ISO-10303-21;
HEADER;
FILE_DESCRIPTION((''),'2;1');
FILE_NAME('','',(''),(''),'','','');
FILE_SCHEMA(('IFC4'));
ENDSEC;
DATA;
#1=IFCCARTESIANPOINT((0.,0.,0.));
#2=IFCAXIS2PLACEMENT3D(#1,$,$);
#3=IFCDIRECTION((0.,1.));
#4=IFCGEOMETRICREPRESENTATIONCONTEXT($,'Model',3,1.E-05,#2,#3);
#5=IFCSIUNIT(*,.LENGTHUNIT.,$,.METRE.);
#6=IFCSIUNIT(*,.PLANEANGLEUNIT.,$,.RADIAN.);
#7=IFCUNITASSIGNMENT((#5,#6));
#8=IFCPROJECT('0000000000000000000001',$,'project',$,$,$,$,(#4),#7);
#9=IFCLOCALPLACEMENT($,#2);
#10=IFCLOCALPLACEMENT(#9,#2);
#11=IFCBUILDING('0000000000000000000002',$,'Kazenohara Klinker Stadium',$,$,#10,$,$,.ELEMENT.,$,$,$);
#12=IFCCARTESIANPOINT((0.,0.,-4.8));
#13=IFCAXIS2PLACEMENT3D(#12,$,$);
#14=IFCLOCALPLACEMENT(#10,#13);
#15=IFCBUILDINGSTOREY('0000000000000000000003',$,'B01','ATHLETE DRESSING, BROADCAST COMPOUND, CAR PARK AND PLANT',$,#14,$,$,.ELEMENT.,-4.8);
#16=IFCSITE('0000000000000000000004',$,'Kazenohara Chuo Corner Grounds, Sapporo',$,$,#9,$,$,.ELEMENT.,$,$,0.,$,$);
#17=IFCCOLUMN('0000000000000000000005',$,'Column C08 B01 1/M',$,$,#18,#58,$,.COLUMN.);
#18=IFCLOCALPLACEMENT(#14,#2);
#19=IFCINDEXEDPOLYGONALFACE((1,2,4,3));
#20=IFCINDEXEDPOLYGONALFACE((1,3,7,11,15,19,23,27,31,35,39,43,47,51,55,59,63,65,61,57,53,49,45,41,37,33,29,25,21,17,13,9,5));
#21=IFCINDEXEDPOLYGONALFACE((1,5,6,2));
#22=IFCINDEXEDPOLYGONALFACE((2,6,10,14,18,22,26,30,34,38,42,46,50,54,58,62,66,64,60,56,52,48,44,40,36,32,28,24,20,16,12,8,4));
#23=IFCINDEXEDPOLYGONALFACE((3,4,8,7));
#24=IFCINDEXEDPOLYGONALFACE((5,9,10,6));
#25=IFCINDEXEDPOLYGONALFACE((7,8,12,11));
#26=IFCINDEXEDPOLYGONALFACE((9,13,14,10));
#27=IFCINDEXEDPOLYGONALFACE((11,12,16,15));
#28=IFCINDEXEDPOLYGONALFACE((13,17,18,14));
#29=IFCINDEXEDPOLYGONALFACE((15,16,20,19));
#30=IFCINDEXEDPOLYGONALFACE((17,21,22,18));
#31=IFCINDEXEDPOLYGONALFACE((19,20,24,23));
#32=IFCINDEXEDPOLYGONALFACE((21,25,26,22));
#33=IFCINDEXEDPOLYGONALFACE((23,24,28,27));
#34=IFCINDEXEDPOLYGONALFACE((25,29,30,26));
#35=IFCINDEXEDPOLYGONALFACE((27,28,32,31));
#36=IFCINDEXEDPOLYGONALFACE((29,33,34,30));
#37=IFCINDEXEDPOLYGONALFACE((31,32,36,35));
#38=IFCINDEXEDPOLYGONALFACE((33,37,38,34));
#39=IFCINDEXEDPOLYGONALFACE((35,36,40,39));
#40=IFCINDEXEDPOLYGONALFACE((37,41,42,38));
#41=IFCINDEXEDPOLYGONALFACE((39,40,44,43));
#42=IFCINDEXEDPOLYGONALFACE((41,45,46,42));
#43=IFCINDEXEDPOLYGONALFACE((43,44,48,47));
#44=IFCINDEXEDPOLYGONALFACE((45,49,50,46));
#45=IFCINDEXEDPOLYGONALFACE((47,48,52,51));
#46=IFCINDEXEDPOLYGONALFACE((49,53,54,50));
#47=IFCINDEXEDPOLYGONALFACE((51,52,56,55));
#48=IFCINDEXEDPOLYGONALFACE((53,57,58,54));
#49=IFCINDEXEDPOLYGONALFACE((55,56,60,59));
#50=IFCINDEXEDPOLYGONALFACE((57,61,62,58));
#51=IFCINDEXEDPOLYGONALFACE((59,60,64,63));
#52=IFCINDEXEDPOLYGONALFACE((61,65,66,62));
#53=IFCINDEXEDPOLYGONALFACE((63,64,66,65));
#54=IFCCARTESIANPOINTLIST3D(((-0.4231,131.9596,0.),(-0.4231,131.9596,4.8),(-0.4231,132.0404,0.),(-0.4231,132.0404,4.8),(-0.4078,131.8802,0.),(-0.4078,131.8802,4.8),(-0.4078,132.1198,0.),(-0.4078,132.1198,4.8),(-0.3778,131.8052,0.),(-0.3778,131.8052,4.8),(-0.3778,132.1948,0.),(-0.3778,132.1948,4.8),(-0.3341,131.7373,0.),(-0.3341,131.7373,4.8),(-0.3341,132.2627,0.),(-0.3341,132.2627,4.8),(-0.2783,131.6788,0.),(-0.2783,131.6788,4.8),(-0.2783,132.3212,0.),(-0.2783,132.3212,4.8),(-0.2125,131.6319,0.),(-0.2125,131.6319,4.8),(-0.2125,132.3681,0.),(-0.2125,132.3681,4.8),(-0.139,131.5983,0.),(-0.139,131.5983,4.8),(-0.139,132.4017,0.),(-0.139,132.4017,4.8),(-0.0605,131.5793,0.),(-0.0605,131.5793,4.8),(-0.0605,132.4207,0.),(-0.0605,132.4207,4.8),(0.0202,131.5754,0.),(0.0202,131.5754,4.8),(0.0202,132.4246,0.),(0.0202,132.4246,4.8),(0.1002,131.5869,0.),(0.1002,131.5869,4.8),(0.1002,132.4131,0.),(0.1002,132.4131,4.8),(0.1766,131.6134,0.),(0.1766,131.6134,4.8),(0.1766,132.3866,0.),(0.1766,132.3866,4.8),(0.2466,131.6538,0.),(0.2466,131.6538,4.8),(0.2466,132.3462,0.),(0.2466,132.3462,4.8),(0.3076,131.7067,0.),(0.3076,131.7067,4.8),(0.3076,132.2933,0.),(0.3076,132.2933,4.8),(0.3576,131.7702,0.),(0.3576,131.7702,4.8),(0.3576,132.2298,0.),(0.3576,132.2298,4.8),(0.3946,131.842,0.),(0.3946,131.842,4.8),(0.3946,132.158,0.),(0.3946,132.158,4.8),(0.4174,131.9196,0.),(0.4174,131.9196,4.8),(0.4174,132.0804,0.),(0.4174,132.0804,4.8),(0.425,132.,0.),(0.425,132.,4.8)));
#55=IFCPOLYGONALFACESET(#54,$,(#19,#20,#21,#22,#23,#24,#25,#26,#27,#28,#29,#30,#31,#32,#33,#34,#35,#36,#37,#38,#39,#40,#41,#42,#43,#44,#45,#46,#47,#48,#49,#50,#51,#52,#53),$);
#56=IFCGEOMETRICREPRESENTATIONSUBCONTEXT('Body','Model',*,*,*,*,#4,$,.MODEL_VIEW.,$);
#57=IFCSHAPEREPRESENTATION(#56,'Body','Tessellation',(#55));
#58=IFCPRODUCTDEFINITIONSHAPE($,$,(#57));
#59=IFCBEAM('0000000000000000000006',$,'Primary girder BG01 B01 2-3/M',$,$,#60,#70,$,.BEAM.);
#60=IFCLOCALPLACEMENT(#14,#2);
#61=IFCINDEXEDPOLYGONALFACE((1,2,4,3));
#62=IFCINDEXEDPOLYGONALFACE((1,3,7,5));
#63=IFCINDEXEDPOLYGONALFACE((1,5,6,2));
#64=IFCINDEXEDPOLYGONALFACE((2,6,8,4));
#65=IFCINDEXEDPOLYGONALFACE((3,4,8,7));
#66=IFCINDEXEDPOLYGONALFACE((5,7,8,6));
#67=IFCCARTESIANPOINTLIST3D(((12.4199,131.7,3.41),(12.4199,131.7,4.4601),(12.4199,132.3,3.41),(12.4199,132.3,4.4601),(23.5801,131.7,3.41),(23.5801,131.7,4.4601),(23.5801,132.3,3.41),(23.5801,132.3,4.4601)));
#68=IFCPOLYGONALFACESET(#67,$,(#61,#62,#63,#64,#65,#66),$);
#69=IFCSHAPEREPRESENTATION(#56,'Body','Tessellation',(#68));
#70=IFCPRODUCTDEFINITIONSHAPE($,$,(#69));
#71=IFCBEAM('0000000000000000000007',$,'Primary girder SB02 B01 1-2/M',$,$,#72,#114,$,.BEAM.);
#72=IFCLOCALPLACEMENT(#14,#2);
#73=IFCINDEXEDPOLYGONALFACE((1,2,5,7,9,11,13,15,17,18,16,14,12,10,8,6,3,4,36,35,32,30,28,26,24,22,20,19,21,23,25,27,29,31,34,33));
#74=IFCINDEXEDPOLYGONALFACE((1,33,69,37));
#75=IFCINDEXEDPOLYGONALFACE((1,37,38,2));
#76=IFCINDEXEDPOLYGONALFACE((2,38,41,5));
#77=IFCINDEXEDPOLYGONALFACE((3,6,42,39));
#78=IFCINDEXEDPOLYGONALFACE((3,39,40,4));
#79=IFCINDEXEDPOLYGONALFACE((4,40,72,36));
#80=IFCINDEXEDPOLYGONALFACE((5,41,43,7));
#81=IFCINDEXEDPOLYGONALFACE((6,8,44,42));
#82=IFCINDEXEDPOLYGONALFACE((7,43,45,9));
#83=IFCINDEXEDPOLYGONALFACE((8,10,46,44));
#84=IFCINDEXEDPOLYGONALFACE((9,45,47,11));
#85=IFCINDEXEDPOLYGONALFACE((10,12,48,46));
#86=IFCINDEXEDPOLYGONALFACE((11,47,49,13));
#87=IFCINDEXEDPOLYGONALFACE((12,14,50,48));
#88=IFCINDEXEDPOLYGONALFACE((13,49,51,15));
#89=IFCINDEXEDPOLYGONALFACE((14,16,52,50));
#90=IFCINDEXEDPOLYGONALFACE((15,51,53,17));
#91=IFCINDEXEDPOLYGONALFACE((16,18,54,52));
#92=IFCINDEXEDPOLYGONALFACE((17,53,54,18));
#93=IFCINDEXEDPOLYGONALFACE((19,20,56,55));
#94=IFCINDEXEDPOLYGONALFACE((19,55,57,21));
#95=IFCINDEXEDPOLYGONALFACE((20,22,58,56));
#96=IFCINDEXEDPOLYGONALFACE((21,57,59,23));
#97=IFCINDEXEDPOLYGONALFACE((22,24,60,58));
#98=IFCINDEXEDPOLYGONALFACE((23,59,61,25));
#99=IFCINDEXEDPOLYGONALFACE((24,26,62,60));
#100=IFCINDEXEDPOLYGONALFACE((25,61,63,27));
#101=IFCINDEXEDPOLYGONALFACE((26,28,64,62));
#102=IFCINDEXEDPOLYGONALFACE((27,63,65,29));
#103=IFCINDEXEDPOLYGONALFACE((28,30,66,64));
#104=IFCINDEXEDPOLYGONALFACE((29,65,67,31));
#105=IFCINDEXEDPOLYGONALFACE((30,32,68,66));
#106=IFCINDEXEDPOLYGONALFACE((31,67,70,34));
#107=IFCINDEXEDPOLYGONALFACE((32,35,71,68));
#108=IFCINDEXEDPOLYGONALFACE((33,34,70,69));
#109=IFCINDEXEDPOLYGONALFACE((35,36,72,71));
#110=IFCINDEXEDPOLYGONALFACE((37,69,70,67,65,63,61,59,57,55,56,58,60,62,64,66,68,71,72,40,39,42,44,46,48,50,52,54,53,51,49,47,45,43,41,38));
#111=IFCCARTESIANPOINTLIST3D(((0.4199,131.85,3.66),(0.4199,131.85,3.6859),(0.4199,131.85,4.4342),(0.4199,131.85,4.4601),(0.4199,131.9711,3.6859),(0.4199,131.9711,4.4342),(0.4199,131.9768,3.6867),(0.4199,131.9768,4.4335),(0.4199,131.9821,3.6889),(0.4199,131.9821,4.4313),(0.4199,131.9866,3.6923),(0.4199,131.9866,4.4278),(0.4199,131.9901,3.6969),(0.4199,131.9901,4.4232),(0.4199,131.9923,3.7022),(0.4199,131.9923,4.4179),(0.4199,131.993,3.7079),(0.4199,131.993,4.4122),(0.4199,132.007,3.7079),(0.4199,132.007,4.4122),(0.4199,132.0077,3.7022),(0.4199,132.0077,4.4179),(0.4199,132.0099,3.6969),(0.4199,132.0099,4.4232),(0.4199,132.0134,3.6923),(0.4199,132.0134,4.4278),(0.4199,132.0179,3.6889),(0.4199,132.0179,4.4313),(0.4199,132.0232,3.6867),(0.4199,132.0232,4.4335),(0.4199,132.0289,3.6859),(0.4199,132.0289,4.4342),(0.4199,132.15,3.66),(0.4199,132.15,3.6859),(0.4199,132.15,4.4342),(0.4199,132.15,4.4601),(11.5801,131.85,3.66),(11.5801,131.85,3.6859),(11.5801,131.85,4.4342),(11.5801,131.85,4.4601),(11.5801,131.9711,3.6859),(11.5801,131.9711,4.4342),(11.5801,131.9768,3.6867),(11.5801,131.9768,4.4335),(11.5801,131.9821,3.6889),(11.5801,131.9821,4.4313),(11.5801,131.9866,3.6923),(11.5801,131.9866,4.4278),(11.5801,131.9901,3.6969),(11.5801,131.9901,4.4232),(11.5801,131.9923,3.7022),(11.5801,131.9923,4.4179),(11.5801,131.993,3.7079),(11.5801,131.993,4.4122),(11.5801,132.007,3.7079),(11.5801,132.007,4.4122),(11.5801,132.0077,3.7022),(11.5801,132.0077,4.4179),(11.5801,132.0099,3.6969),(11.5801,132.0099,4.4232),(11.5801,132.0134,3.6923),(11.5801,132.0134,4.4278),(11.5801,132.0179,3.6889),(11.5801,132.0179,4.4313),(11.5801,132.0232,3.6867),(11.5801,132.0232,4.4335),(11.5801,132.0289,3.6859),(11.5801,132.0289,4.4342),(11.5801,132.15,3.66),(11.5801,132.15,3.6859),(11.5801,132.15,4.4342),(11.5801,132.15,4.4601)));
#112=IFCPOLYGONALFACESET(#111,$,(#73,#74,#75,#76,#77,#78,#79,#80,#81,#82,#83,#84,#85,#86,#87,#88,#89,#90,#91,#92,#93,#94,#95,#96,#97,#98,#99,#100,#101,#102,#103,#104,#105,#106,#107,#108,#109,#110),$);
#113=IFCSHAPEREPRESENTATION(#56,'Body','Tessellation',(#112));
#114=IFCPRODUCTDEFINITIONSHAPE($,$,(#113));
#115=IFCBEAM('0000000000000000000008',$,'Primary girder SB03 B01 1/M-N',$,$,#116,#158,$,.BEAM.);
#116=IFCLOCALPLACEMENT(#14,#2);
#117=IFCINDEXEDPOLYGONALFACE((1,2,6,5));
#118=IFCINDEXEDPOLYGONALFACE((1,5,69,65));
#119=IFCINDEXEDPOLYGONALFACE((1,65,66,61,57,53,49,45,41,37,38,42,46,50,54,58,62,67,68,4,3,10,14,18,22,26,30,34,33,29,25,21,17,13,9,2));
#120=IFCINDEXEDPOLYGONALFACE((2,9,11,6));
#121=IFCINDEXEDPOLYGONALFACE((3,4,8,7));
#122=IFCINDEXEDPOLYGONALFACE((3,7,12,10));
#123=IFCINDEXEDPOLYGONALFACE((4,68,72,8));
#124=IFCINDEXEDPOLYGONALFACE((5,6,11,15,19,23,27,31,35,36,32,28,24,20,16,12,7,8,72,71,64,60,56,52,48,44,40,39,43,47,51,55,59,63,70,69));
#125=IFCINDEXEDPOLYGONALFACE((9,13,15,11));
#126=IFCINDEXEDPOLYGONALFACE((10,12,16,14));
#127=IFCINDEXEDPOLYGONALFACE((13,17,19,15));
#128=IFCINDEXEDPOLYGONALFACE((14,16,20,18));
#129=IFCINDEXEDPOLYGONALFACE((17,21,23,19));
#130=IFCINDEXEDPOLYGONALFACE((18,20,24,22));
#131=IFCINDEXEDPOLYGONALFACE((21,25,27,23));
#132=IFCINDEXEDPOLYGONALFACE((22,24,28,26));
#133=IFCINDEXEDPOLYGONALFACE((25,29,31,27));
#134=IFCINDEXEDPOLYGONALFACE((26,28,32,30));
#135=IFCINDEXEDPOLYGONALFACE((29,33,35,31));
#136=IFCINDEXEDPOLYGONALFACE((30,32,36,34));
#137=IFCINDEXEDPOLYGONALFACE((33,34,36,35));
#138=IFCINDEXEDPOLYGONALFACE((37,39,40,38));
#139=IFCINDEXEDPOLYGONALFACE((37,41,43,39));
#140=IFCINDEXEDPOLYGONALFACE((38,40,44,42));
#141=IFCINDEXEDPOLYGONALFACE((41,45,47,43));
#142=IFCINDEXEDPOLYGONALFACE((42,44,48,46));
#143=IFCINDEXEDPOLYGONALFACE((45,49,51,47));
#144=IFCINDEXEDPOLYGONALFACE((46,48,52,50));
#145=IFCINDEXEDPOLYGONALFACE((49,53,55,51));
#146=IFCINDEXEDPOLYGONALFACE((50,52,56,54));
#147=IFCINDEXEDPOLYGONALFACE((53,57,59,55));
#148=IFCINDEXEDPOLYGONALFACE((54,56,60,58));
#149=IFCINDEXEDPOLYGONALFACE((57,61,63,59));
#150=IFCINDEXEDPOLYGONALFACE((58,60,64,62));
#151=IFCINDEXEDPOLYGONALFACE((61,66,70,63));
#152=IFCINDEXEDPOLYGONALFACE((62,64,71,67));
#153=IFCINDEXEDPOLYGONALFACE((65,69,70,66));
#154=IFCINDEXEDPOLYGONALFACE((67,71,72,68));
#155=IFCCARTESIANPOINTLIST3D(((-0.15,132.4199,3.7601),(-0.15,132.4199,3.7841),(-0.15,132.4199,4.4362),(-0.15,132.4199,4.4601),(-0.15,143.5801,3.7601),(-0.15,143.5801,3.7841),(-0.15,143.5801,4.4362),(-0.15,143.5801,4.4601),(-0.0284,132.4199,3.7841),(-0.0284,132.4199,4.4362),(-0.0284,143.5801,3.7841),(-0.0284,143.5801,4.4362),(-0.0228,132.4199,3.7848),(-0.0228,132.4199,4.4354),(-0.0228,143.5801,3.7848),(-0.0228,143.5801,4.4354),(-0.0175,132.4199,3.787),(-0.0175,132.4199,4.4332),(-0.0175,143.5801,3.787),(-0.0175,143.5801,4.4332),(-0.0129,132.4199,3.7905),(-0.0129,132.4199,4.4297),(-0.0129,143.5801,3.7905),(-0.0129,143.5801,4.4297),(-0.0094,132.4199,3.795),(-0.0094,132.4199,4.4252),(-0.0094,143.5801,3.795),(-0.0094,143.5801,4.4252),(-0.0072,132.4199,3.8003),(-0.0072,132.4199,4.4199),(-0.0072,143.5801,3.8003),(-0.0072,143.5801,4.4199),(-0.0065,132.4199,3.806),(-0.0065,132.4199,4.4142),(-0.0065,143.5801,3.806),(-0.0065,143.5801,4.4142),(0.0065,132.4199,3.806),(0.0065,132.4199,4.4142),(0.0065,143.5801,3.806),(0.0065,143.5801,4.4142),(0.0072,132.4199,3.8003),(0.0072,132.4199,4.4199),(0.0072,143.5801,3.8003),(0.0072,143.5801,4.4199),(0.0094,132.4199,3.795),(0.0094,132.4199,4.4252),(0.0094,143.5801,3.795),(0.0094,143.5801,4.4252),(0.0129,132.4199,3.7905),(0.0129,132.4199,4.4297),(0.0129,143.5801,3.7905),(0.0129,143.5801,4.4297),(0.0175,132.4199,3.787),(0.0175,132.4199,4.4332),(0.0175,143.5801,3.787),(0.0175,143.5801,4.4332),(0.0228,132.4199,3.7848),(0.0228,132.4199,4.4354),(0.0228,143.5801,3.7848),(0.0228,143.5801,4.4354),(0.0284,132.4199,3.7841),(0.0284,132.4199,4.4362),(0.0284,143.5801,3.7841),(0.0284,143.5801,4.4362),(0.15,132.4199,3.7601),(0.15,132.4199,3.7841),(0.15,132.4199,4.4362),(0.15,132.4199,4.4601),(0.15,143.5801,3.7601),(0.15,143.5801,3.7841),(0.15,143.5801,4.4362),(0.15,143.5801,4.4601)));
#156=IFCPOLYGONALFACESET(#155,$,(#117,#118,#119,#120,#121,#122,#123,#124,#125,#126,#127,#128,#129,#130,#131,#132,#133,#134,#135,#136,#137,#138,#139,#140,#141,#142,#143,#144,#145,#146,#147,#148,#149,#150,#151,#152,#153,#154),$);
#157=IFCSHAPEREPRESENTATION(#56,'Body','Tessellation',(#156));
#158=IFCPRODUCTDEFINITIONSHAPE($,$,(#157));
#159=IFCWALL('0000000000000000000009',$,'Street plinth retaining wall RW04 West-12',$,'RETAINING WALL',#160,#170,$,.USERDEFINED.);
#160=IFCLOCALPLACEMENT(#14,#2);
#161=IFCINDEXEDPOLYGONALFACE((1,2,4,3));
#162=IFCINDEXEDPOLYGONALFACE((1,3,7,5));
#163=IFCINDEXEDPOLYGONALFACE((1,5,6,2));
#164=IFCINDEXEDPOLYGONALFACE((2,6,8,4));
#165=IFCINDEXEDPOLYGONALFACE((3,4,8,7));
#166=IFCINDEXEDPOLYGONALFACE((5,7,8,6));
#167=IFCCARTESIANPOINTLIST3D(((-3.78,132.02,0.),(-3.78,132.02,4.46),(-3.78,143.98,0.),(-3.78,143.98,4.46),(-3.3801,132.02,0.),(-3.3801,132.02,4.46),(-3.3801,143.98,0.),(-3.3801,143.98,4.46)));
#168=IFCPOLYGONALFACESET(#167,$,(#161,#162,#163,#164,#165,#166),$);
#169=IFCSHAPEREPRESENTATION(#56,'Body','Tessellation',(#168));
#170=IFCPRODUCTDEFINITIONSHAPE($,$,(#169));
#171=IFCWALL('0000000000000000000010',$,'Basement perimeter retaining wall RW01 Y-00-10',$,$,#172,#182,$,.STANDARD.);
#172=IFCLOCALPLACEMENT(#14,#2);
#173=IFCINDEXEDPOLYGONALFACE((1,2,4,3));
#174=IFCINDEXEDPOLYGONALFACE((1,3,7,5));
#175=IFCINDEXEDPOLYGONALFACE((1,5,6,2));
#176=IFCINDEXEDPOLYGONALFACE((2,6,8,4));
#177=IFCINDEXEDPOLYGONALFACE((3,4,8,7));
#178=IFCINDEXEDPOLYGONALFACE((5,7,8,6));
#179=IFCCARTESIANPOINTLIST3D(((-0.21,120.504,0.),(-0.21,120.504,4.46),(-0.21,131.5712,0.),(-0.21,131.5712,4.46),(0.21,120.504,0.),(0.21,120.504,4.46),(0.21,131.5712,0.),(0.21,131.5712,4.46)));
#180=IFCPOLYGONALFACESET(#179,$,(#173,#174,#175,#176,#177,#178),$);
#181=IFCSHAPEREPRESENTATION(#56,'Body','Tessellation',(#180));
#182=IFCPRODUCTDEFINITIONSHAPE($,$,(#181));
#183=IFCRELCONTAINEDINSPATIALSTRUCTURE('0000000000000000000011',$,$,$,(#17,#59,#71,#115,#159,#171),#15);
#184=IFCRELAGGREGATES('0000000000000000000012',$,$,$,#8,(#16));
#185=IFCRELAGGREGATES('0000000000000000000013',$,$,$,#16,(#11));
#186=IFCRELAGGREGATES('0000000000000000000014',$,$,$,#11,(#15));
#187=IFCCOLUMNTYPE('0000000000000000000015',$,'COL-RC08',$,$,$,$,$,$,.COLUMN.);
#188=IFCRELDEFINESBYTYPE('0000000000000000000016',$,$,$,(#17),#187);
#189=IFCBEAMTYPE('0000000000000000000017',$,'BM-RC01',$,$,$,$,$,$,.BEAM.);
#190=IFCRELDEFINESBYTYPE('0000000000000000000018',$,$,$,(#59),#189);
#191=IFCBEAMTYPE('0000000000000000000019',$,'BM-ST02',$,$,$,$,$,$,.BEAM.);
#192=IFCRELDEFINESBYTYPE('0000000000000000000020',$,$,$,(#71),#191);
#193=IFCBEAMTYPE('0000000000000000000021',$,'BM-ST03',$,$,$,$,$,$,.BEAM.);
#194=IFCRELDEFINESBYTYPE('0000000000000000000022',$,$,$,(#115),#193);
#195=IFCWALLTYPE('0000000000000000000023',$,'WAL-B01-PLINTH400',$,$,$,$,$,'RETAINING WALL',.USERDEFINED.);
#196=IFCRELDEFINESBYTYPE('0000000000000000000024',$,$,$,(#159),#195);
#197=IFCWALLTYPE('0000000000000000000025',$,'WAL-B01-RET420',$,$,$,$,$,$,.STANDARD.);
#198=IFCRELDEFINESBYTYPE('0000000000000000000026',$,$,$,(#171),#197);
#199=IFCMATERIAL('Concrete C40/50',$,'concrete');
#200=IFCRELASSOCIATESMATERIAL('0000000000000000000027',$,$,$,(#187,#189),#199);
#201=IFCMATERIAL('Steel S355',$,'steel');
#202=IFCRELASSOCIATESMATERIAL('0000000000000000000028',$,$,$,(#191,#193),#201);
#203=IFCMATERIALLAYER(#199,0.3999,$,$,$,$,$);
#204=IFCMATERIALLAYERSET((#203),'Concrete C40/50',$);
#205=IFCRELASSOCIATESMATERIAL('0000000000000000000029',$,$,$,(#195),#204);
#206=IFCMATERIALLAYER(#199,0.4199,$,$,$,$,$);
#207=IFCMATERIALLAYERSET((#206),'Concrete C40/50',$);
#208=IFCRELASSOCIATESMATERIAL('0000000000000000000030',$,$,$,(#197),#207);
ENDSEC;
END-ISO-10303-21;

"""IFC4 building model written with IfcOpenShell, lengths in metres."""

from ifc_helpers import new_model, si_unit, direction, frame, frame_2d, origin, origin_2d, place, context, subcontext, project, spatial, rectangle, circle, i_section, extrude, material, layer, layer_set, material_profile, profile_set, type_object, element, save


model = new_model("IFC4")

# Units and contexts
model_context = context("Model", 3, precision=1e-05, world=origin(), true_north=direction((0.0, 1.0)))
body_context = subcontext(model_context, "Body", "Model", "MODEL_VIEW")
ifc_project = project(units=[si_unit("LENGTHUNIT", "METRE"), si_unit("PLANEANGLEUNIT", "RADIAN")], contexts=[model_context])

# Site, building, storey
site_placement = place(None, origin())
site = spatial("IfcSite", under=ifc_project, at=site_placement, Name="Kazenohara Chuo Corner Grounds, Sapporo", CompositionType="ELEMENT", RefElevation=0.0)
building_placement = place(site_placement, origin())
building = spatial("IfcBuilding", under=site, at=building_placement, Name="Kazenohara Klinker Stadium", CompositionType="ELEMENT")
storey_placement = place(building_placement, frame((0.0, 0.0, -4.8)))
storey = spatial("IfcBuildingStorey", under=building, at=storey_placement, Name="B01", Description="ATHLETE DRESSING, BROADCAST COMPOUND, CAR PARK AND PLANT", CompositionType="ELEMENT", Elevation=-4.8)

# Column
ifc_material_1 = material(Name="Concrete C40/50", Category="concrete")
ifc_material_profile_1 = material_profile(ifc_material_1, circle(Radius=0.425, at=origin_2d()), Name="RC-COL-D850")
ifc_profile_set_1 = profile_set([ifc_material_profile_1], Name="Concrete C40/50")
column_type_1 = type_object("IfcColumnType", Name="COL-RC08", PredefinedType="COLUMN", material=ifc_profile_set_1)
column_1_placement = place(storey_placement, frame((0.0, 132.0, 0.0), z_axis=(0.0, 0.0, 1.0), x_axis=(1.0, 0.0, 0.0)))
element("IfcColumn", 1, at=column_1_placement, inside=storey, type_object=column_type_1, Name="Column C08 B01 1/M", PredefinedType="COLUMN", context=body_context, shape_type="SweptSolid", body=[
    extrude(circle(Radius=0.425, at=origin_2d()), origin(), (0.0, 0.0, 1.0), 4.8),
])

# Beams
ifc_material_profile_2 = material_profile(ifc_material_1, rectangle(XDim=0.6001, YDim=1.05, at=origin_2d()), Name="RC-BM-600x1050")
ifc_profile_set_2 = profile_set([ifc_material_profile_2], Name="Concrete C40/50")
beam_type_1 = type_object("IfcBeamType", Name="BM-RC01", PredefinedType="BEAM", material=ifc_profile_set_2)
beam_1_placement = place(storey_placement, frame((12.4199, 132.0, 3.9351), z_axis=(1.0, 0.0, 0.0), x_axis=(0.0, 1.0, 0.0)))
element("IfcBeam", 2, at=beam_1_placement, inside=storey, type_object=beam_type_1, Name="Primary girder BG01 B01 2-3/M", PredefinedType="BEAM", context=body_context, shape_type="SweptSolid", body=[
    extrude(rectangle(XDim=0.6001, YDim=1.05, at=origin_2d()), origin(), (0.0, 0.0, 1.0), 11.1602),
])
ifc_material_2 = material(Name="Steel S355", Category="steel")
ifc_material_profile_3 = material_profile(ifc_material_2, i_section(OverallWidth=0.3, OverallDepth=0.8, WebThickness=0.0139, FlangeThickness=0.0259, FilletRadius=0.022, at=origin_2d()), Name="H-800x300x14x26")
ifc_profile_set_3 = profile_set([ifc_material_profile_3], Name="Steel S355")
beam_type_2 = type_object("IfcBeamType", Name="BM-ST02", PredefinedType="BEAM", material=ifc_profile_set_3)
beam_2_placement = place(storey_placement, frame((0.4199, 132.0, 4.0601), z_axis=(1.0, 0.0, 0.0), x_axis=(0.0, 1.0, 0.0)))
element("IfcBeam", 3, at=beam_2_placement, inside=storey, type_object=beam_type_2, Name="Primary girder SB02 B01 1-2/M", PredefinedType="BEAM", context=body_context, shape_type="SweptSolid", body=[
    extrude(i_section(OverallWidth=0.3, OverallDepth=0.8, WebThickness=0.0139, FlangeThickness=0.0259, FilletRadius=0.022, at=origin_2d()), origin(), (0.0, 0.0, 1.0), 11.1602),
])
ifc_material_profile_4 = material_profile(ifc_material_2, i_section(OverallWidth=0.3, OverallDepth=0.7, WebThickness=0.0129, FlangeThickness=0.0239, FilletRadius=0.022, at=origin_2d()), Name="H-700x300x13x24")
ifc_profile_set_4 = profile_set([ifc_material_profile_4], Name="Steel S355")
beam_type_3 = type_object("IfcBeamType", Name="BM-ST03", PredefinedType="BEAM", material=ifc_profile_set_4)
beam_3_placement = place(storey_placement, frame((0.0, 132.4199, 4.1101), z_axis=(0.0, 1.0, 0.0), x_axis=(-1.0, 0.0, 0.0)))
element("IfcBeam", 4, at=beam_3_placement, inside=storey, type_object=beam_type_3, Name="Primary girder SB03 B01 1/M-N", PredefinedType="BEAM", context=body_context, shape_type="SweptSolid", body=[
    extrude(i_section(OverallWidth=0.3, OverallDepth=0.7, WebThickness=0.0129, FlangeThickness=0.0239, FilletRadius=0.022, at=origin_2d()), origin(), (0.0, 0.0, 1.0), 11.1602),
])

# Walls
ifc_layer_1 = layer(ifc_material_1, 0.3999)
ifc_layer_set_1 = layer_set([ifc_layer_1], Name="Concrete C40/50")
wall_type_1 = type_object("IfcWallType", Name="WAL-B01-PLINTH400", ElementType="RETAINING WALL", PredefinedType="USERDEFINED", material=ifc_layer_set_1)
wall_1_placement = place(storey_placement, frame((-3.5801, 132.02, 0.0), z_axis=(0.0, 0.0, 1.0), x_axis=(0.0, 1.0, 0.0)))
element("IfcWall", 5, at=wall_1_placement, inside=storey, type_object=wall_type_1, Name="Street plinth retaining wall RW04 West-12", ObjectType="RETAINING WALL", PredefinedType="USERDEFINED", context=body_context, shape_type="SweptSolid", body=[
    extrude(rectangle(XDim=11.96, YDim=0.3999, at=frame_2d((5.98, 0.0))), origin(), (0.0, 0.0, 1.0), 4.46),
])
ifc_layer_2 = layer(ifc_material_1, 0.4199)
ifc_layer_set_2 = layer_set([ifc_layer_2], Name="Concrete C40/50")
wall_type_2 = type_object("IfcWallType", Name="WAL-B01-RET420", PredefinedType="STANDARD", material=ifc_layer_set_2)
wall_2_placement = place(storey_placement, frame((0.0, 120.5039, 0.0), z_axis=(0.0, 0.0, 1.0), x_axis=(0.0, 1.0, 0.0)))
element("IfcWall", 6, at=wall_2_placement, inside=storey, type_object=wall_type_2, Name="Basement perimeter retaining wall RW01 Y-00-10", PredefinedType="STANDARD", context=body_context, shape_type="SweptSolid", body=[
    extrude(rectangle(XDim=11.0671, YDim=0.4199, at=frame_2d((5.5337, 0.0))), origin(), (0.0, 0.0, 1.0), 4.46),
])

save(model, "model.ifc")
